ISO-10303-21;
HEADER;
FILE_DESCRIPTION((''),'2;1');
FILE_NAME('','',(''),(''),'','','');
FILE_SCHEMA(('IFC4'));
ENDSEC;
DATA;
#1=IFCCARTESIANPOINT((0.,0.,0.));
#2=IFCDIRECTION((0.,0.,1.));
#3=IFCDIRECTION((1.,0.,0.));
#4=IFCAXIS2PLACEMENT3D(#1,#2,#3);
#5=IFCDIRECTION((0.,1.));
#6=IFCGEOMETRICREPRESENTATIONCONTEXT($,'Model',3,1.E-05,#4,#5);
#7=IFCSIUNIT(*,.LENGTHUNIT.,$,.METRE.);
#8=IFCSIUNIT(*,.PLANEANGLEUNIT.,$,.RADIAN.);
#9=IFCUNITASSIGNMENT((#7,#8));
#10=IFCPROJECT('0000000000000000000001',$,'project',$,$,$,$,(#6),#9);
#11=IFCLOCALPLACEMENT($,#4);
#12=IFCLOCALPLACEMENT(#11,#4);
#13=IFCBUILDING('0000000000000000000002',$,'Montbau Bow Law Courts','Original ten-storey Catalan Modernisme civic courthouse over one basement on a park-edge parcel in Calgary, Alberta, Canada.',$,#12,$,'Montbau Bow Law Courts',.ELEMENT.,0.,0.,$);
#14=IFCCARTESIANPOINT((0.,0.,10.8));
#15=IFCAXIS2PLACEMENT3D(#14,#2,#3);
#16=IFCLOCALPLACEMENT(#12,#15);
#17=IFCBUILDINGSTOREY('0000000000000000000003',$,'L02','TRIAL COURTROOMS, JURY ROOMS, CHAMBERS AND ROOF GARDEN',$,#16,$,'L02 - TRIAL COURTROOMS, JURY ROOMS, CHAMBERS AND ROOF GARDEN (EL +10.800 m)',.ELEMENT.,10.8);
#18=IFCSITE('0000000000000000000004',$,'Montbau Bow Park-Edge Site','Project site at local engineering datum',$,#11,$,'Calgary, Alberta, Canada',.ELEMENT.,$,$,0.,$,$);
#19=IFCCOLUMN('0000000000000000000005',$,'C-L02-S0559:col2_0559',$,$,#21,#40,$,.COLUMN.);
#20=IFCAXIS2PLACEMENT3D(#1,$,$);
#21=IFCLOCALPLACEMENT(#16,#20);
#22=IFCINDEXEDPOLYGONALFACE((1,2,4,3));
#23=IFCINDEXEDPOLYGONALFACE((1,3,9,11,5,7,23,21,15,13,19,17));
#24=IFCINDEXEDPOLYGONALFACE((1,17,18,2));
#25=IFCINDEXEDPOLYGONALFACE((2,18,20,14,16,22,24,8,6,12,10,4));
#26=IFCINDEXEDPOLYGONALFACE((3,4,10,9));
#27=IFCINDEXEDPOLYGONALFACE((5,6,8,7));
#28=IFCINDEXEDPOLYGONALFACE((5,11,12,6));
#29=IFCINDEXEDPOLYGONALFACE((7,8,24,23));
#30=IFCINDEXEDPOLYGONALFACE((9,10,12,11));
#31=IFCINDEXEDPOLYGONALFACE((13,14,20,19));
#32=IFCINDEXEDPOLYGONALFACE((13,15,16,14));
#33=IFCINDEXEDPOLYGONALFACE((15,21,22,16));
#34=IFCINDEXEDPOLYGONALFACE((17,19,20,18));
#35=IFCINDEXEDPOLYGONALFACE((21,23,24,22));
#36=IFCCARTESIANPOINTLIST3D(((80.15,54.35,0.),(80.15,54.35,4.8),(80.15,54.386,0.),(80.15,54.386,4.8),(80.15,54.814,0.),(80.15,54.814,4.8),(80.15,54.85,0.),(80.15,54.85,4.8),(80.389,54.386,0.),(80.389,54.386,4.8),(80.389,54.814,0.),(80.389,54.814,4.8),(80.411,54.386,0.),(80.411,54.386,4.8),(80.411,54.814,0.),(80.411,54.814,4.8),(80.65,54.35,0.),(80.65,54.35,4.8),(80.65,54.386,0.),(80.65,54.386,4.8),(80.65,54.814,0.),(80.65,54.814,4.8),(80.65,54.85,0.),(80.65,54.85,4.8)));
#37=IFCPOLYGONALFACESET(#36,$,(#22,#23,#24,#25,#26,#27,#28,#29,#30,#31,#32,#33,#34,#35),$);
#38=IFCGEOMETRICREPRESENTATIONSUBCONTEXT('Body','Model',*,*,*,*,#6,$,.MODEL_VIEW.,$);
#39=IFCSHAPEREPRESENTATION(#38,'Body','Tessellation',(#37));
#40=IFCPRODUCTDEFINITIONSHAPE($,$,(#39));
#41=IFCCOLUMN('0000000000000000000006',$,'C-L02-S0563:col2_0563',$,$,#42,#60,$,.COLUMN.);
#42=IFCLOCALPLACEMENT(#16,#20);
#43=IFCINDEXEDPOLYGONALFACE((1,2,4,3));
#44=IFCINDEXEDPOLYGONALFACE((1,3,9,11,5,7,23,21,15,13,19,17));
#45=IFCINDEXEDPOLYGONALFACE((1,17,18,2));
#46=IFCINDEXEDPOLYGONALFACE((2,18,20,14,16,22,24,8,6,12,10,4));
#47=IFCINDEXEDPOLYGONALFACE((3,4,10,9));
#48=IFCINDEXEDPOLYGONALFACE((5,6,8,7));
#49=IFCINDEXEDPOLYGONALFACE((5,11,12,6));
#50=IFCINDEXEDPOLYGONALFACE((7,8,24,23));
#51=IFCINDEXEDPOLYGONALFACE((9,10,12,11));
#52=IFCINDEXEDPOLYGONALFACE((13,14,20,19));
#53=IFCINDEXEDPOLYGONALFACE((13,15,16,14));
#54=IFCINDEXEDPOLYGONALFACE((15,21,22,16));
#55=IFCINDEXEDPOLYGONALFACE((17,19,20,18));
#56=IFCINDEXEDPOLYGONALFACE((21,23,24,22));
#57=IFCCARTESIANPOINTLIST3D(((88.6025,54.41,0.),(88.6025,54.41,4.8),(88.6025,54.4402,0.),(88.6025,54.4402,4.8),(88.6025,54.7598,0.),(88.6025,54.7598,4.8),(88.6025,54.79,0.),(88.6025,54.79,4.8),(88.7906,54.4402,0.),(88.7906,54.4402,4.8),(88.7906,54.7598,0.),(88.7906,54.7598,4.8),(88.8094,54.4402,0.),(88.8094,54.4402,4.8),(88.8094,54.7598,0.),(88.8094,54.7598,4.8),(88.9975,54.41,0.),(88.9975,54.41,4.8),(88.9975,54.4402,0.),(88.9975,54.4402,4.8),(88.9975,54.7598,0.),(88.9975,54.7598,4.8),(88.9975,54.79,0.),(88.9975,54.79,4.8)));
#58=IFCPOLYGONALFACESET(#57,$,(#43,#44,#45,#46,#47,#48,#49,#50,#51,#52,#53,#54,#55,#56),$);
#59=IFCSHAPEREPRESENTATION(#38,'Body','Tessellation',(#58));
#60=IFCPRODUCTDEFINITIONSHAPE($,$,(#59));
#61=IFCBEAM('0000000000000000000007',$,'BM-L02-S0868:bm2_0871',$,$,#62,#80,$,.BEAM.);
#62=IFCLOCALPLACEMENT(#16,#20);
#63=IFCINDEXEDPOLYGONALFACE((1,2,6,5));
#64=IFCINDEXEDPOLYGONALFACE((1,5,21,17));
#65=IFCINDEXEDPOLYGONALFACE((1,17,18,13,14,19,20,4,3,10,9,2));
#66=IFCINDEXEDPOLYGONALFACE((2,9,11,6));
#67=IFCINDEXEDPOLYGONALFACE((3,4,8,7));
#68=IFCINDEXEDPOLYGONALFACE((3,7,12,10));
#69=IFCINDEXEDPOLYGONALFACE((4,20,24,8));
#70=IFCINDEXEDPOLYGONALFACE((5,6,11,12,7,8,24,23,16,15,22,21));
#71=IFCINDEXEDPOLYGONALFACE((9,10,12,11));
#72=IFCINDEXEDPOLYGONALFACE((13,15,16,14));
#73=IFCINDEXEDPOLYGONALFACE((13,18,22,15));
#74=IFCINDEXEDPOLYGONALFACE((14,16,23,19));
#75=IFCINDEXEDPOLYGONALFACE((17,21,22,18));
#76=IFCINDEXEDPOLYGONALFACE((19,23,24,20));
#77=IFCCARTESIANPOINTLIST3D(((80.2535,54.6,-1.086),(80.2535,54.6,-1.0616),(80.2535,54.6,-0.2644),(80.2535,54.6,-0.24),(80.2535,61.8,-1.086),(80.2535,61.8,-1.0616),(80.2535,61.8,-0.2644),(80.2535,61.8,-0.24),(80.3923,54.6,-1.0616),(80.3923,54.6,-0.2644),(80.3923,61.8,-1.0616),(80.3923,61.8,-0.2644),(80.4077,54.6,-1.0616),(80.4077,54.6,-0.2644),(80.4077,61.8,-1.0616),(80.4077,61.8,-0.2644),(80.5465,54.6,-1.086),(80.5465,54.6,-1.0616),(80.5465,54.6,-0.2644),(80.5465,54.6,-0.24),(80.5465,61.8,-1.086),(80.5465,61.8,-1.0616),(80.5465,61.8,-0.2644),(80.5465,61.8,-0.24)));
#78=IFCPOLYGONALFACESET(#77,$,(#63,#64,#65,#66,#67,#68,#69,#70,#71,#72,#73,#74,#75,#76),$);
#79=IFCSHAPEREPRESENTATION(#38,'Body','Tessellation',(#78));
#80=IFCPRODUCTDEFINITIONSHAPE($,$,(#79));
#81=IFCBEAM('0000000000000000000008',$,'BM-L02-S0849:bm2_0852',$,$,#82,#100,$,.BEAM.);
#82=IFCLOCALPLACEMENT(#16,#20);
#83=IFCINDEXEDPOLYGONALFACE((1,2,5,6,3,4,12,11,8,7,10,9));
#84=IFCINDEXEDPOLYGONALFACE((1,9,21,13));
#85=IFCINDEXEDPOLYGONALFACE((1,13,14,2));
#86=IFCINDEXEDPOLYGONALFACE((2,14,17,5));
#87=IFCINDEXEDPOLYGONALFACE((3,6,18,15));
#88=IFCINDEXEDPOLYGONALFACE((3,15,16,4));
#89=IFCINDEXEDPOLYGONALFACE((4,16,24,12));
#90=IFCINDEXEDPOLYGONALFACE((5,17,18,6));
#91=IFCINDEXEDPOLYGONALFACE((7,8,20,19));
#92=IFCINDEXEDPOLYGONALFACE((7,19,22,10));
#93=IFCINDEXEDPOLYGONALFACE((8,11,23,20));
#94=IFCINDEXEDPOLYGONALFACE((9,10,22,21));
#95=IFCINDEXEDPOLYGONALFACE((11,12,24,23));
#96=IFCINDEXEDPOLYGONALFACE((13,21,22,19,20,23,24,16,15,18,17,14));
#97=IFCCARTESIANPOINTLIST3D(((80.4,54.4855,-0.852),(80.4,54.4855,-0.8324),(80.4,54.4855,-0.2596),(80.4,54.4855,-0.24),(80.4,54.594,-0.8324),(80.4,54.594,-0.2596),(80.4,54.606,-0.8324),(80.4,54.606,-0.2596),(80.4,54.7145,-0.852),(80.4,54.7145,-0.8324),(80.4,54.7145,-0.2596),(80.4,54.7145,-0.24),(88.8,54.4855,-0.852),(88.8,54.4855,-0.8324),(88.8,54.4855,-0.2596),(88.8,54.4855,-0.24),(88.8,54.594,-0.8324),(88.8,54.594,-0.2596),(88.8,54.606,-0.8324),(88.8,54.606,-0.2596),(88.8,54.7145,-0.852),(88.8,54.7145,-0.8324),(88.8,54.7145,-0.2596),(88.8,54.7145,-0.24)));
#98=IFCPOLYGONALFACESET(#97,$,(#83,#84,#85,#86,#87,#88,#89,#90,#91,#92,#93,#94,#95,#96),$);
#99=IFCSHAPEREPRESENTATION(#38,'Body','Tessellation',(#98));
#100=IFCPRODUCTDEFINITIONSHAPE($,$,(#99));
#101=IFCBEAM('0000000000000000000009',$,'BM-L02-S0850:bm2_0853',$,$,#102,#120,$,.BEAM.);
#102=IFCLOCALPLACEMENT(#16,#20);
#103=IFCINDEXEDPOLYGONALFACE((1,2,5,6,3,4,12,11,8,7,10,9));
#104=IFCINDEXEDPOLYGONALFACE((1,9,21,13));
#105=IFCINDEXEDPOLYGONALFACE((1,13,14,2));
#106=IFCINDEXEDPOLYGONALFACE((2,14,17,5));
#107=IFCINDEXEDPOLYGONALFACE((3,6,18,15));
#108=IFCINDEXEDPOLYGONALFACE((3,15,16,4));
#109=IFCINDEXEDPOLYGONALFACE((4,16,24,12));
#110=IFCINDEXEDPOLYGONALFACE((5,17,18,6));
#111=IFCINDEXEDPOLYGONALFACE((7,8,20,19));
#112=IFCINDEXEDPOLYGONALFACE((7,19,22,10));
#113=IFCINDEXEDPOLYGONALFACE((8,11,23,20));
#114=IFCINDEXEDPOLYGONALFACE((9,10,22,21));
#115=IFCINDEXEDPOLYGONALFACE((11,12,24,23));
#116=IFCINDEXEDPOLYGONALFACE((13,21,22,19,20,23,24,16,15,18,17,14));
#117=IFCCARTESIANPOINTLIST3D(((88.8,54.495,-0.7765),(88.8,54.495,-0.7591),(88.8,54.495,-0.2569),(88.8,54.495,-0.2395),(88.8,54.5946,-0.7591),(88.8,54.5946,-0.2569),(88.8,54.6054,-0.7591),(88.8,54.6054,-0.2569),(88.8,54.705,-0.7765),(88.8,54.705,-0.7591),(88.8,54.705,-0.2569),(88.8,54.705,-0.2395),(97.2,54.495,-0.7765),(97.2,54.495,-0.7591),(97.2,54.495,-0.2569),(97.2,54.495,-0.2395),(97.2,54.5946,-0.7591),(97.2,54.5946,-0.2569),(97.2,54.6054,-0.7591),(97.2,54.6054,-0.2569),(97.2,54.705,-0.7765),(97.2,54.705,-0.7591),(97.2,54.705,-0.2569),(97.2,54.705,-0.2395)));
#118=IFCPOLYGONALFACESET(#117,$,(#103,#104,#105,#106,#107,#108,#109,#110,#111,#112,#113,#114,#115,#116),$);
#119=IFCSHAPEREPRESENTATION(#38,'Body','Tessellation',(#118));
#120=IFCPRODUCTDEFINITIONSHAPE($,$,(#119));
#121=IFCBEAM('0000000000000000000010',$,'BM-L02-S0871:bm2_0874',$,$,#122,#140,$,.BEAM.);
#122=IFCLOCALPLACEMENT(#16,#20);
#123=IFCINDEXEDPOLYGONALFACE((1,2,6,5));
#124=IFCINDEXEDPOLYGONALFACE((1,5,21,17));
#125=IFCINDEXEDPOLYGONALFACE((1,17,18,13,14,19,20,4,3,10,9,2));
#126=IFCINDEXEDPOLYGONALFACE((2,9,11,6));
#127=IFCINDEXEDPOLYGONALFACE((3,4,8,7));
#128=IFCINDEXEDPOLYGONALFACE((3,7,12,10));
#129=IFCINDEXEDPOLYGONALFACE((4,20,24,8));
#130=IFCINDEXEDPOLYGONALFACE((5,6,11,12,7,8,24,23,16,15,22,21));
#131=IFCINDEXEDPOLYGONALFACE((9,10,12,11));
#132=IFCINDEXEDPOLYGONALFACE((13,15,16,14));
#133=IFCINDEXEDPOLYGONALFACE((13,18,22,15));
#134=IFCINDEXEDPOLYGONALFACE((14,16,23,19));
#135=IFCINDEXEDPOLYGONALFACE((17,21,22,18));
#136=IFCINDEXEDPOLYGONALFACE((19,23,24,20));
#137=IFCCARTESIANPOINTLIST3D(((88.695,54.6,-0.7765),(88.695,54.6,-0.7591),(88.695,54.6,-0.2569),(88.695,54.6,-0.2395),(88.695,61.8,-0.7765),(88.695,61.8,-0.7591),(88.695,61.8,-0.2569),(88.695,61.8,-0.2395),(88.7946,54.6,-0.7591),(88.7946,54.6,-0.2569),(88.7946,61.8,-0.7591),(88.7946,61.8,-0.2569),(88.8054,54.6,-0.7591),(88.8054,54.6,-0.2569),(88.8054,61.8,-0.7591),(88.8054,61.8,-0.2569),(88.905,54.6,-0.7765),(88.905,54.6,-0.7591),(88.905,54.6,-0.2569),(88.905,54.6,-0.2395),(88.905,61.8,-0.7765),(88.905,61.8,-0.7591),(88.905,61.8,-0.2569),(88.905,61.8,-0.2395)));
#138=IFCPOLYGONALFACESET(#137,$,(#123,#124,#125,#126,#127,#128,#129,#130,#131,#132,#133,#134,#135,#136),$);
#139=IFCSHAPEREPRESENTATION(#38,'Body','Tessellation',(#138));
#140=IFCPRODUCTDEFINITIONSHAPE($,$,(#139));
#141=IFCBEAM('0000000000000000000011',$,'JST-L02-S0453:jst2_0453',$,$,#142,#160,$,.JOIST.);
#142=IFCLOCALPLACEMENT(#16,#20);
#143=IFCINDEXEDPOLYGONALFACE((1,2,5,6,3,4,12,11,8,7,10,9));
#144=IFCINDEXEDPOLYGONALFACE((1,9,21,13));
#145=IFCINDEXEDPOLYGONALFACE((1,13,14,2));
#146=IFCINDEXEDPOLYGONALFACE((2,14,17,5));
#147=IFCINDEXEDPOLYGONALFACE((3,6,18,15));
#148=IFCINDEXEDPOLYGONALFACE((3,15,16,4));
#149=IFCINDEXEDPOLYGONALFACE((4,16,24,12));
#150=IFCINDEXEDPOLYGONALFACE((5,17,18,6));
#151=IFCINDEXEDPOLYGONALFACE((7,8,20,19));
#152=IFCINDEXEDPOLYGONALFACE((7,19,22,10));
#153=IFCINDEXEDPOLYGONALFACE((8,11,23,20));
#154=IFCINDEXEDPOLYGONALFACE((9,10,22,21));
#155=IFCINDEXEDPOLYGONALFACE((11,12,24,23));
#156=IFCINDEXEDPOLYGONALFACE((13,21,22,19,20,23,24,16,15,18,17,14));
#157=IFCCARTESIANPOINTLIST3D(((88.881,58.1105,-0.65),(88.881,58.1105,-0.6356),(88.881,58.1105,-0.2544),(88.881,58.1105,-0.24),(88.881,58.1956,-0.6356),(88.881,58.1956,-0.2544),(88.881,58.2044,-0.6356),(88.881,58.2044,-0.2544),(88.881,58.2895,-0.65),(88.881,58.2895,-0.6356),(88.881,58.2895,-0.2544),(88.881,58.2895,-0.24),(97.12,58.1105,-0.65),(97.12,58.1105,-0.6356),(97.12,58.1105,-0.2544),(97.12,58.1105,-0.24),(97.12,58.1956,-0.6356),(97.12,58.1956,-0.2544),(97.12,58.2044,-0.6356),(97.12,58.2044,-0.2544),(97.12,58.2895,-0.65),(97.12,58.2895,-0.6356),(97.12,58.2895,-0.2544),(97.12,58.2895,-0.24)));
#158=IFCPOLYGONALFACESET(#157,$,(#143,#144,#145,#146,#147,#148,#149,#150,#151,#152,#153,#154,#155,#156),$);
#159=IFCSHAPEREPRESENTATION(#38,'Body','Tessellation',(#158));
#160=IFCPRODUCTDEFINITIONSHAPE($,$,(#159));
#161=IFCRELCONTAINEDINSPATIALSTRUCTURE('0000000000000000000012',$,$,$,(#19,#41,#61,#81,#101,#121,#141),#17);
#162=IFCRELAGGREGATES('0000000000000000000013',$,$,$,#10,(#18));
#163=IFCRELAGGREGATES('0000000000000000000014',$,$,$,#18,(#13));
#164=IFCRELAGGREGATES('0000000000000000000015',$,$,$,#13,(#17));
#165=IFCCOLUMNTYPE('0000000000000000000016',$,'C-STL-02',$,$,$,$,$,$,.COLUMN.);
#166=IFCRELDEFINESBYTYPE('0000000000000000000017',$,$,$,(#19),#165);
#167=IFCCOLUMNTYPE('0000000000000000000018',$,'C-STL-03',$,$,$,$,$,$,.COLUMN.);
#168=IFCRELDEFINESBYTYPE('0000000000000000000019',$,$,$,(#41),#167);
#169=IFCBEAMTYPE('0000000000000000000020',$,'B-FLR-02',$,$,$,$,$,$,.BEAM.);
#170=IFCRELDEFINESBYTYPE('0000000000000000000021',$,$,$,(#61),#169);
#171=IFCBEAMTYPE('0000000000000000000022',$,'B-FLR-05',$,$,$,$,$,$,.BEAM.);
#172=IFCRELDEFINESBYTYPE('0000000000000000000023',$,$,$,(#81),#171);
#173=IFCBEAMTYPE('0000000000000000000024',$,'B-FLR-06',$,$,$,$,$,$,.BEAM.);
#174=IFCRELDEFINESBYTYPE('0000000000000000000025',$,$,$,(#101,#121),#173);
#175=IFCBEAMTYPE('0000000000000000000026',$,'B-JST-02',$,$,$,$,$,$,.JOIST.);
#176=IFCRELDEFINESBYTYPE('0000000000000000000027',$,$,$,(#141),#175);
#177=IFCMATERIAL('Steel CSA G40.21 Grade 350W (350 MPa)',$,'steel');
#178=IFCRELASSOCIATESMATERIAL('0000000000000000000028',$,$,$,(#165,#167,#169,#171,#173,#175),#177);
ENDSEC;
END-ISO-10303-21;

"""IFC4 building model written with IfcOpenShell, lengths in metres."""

from ifc_helpers import new_model, si_unit, direction, frame, origin_with_axes, origin_2d_with_axis, place, context, subcontext, project, spatial, i_section, extrude, material, material_profile, profile_set, type_object, element, save


model = new_model("IFC4")

# Units and contexts
model_context = context("Model", 3, precision=1e-05, world=origin_with_axes(), true_north=direction((0.0, 1.0)))
body_context = subcontext(model_context, "Body", "Model", "MODEL_VIEW")
ifc_project = project(units=[si_unit("LENGTHUNIT", "METRE"), si_unit("PLANEANGLEUNIT", "RADIAN")], contexts=[model_context])

# Site, building, storey
site_placement = place(None, origin_with_axes())
site = spatial("IfcSite", under=ifc_project, at=site_placement, Name="Montbau Bow Park-Edge Site", Description="Project site at local engineering datum", LongName="Calgary, Alberta, Canada", CompositionType="ELEMENT", RefElevation=0.0)
building_placement = place(site_placement, origin_with_axes())
building = spatial("IfcBuilding", under=site, at=building_placement, Name="Montbau Bow Law Courts", Description="Original ten-storey Catalan Modernisme civic courthouse over one basement on a park-edge parcel in Calgary, Alberta, Canada.", LongName="Montbau Bow Law Courts", CompositionType="ELEMENT", ElevationOfRefHeight=0.0, ElevationOfTerrain=0.0)
storey_placement = place(building_placement, frame((0.0, 0.0, 10.8), z_axis=(0.0, 0.0, 1.0), x_axis=(1.0, 0.0, 0.0)))
storey = spatial("IfcBuildingStorey", under=building, at=storey_placement, Name="L02", Description="TRIAL COURTROOMS, JURY ROOMS, CHAMBERS AND ROOF GARDEN", LongName="L02 - TRIAL COURTROOMS, JURY ROOMS, CHAMBERS AND ROOF GARDEN (EL +10.800 m)", CompositionType="ELEMENT", Elevation=10.8)

# Columns
ifc_material_1 = material(Name="Steel CSA G40.21 Grade 350W (350 MPa)", Category="steel")
ifc_material_profile_1 = material_profile(ifc_material_1, i_section(OverallWidth=0.5, OverallDepth=0.5, WebThickness=0.022, FlangeThickness=0.036, at=origin_2d_with_axis()), Name="WWF500X343", Category="Main", Priority=0)
ifc_profile_set_1 = profile_set([ifc_material_profile_1], Name="Steel CSA G40.21 Grade 350W (350 MPa)")
column_type_1 = type_object("IfcColumnType", Name="C-STL-02", PredefinedType="COLUMN", material=ifc_profile_set_1)
column_1_placement = place(None, frame((80.4, 54.6, 10.8), z_axis=(0.0, 0.0, 1.0), x_axis=(1.0, 0.0, 0.0)))
element("IfcColumn", 1, at=column_1_placement, inside=storey, type_object=column_type_1, Name="C-L02-S0559:col2_0559", PredefinedType="COLUMN", context=body_context, shape_type="SweptSolid", body=[
    extrude(i_section(OverallWidth=0.5, OverallDepth=0.5, WebThickness=0.022, FlangeThickness=0.036, at=origin_2d_with_axis()), origin_with_axes(), (0.0, 0.0, 1.0), 4.8),
])
ifc_material_profile_2 = material_profile(ifc_material_1, i_section(OverallWidth=0.395, OverallDepth=0.38, WebThickness=0.0189, FlangeThickness=0.0302, at=origin_2d_with_axis()), Name="W360X237", Category="Main", Priority=0)
ifc_profile_set_2 = profile_set([ifc_material_profile_2], Name="Steel CSA G40.21 Grade 350W (350 MPa)")
column_type_2 = type_object("IfcColumnType", Name="C-STL-03", PredefinedType="COLUMN", material=ifc_profile_set_2)
column_2_placement = place(None, frame((88.8, 54.6, 10.8), z_axis=(0.0, 0.0, 1.0), x_axis=(1.0, 0.0, 0.0)))
element("IfcColumn", 2, at=column_2_placement, inside=storey, type_object=column_type_2, Name="C-L02-S0563:col2_0563", PredefinedType="COLUMN", context=body_context, shape_type="SweptSolid", body=[
    extrude(i_section(OverallWidth=0.395, OverallDepth=0.38, WebThickness=0.0189, FlangeThickness=0.0302, at=origin_2d_with_axis()), origin_with_axes(), (0.0, 0.0, 1.0), 4.8),
])

# Beams
ifc_material_profile_3 = material_profile(ifc_material_1, i_section(OverallWidth=0.293, OverallDepth=0.846, WebThickness=0.0154, FlangeThickness=0.0244, at=origin_2d_with_axis()), Name="W840X210", Category="Main", Priority=0)
ifc_profile_set_3 = profile_set([ifc_material_profile_3], Name="Steel CSA G40.21 Grade 350W (350 MPa)")
beam_type_1 = type_object("IfcBeamType", Name="B-FLR-02", PredefinedType="BEAM", material=ifc_profile_set_3)
beam_1_placement = place(None, frame((80.4, 54.6, 10.137), z_axis=(0.0, 1.0, 0.0), x_axis=(-1.0, 0.0, 0.0)))
element("IfcBeam", 3, at=beam_1_placement, inside=storey, type_object=beam_type_1, Name="BM-L02-S0868:bm2_0871", PredefinedType="BEAM", context=body_context, shape_type="SweptSolid", body=[
    extrude(i_section(OverallWidth=0.293, OverallDepth=0.846, WebThickness=0.0154, FlangeThickness=0.0244, at=origin_2d_with_axis()), origin_with_axes(), (0.0, 0.0, 1.0), 7.2),
])
ifc_material_profile_4 = material_profile(ifc_material_1, i_section(OverallWidth=0.229, OverallDepth=0.612, WebThickness=0.0119, FlangeThickness=0.0196, at=origin_2d_with_axis()), Name="W610X125", Category="Main", Priority=0)
ifc_profile_set_4 = profile_set([ifc_material_profile_4], Name="Steel CSA G40.21 Grade 350W (350 MPa)")
beam_type_2 = type_object("IfcBeamType", Name="B-FLR-05", PredefinedType="BEAM", material=ifc_profile_set_4)
beam_2_placement = place(None, frame((80.4, 54.6, 10.254), z_axis=(1.0, 0.0, 0.0), x_axis=(0.0, 1.0, 0.0)))
element("IfcBeam", 4, at=beam_2_placement, inside=storey, type_object=beam_type_2, Name="BM-L02-S0849:bm2_0852", PredefinedType="BEAM", context=body_context, shape_type="SweptSolid", body=[
    extrude(i_section(OverallWidth=0.229, OverallDepth=0.612, WebThickness=0.0119, FlangeThickness=0.0196, at=origin_2d_with_axis()), origin_with_axes(), (0.0, 0.0, 1.0), 8.4),
])
ifc_material_profile_5 = material_profile(ifc_material_1, i_section(OverallWidth=0.21, OverallDepth=0.537, WebThickness=0.0109, FlangeThickness=0.0174, at=origin_2d_with_axis()), Name="W530X101", Category="Main", Priority=0)
ifc_profile_set_5 = profile_set([ifc_material_profile_5], Name="Steel CSA G40.21 Grade 350W (350 MPa)")
beam_type_3 = type_object("IfcBeamType", Name="B-FLR-06", PredefinedType="BEAM", material=ifc_profile_set_5)
beam_3_placement = place(None, frame((88.8, 54.6, 10.292), z_axis=(1.0, 0.0, 0.0), x_axis=(0.0, 1.0, 0.0)))
element("IfcBeam", 5, at=beam_3_placement, inside=storey, type_object=beam_type_3, Name="BM-L02-S0850:bm2_0853", PredefinedType="BEAM", context=body_context, shape_type="SweptSolid", body=[
    extrude(i_section(OverallWidth=0.21, OverallDepth=0.537, WebThickness=0.0109, FlangeThickness=0.0174, at=origin_2d_with_axis()), origin_with_axes(), (0.0, 0.0, 1.0), 8.4),
])
beam_4_placement = place(None, frame((88.8, 54.6, 10.292), z_axis=(0.0, 1.0, 0.0), x_axis=(-1.0, 0.0, 0.0)))
element("IfcBeam", 6, at=beam_4_placement, inside=storey, type_object=beam_type_3, Name="BM-L02-S0871:bm2_0874", PredefinedType="BEAM", context=body_context, shape_type="SweptSolid", body=[
    extrude(i_section(OverallWidth=0.21, OverallDepth=0.537, WebThickness=0.0109, FlangeThickness=0.0174, at=origin_2d_with_axis()), origin_with_axes(), (0.0, 0.0, 1.0), 7.2),
])
ifc_material_profile_6 = material_profile(ifc_material_1, i_section(OverallWidth=0.179, OverallDepth=0.41, WebThickness=0.0088, FlangeThickness=0.0144, at=origin_2d_with_axis()), Name="W410X67", Category="Main", Priority=0)
ifc_profile_set_6 = profile_set([ifc_material_profile_6], Name="Steel CSA G40.21 Grade 350W (350 MPa)")
beam_type_4 = type_object("IfcBeamType", Name="B-JST-02", PredefinedType="JOIST", material=ifc_profile_set_6)
beam_5_placement = place(None, frame((88.881, 58.2, 10.355), z_axis=(1.0, 0.0, 0.0), x_axis=(0.0, 1.0, 0.0)))
element("IfcBeam", 7, at=beam_5_placement, inside=storey, type_object=beam_type_4, Name="JST-L02-S0453:jst2_0453", PredefinedType="JOIST", context=body_context, shape_type="SweptSolid", body=[
    extrude(i_section(OverallWidth=0.179, OverallDepth=0.41, WebThickness=0.0088, FlangeThickness=0.0144, at=origin_2d_with_axis()), origin_with_axes(), (0.0, 0.0, 1.0), 8.239),
])

save(model, "model.ifc")
